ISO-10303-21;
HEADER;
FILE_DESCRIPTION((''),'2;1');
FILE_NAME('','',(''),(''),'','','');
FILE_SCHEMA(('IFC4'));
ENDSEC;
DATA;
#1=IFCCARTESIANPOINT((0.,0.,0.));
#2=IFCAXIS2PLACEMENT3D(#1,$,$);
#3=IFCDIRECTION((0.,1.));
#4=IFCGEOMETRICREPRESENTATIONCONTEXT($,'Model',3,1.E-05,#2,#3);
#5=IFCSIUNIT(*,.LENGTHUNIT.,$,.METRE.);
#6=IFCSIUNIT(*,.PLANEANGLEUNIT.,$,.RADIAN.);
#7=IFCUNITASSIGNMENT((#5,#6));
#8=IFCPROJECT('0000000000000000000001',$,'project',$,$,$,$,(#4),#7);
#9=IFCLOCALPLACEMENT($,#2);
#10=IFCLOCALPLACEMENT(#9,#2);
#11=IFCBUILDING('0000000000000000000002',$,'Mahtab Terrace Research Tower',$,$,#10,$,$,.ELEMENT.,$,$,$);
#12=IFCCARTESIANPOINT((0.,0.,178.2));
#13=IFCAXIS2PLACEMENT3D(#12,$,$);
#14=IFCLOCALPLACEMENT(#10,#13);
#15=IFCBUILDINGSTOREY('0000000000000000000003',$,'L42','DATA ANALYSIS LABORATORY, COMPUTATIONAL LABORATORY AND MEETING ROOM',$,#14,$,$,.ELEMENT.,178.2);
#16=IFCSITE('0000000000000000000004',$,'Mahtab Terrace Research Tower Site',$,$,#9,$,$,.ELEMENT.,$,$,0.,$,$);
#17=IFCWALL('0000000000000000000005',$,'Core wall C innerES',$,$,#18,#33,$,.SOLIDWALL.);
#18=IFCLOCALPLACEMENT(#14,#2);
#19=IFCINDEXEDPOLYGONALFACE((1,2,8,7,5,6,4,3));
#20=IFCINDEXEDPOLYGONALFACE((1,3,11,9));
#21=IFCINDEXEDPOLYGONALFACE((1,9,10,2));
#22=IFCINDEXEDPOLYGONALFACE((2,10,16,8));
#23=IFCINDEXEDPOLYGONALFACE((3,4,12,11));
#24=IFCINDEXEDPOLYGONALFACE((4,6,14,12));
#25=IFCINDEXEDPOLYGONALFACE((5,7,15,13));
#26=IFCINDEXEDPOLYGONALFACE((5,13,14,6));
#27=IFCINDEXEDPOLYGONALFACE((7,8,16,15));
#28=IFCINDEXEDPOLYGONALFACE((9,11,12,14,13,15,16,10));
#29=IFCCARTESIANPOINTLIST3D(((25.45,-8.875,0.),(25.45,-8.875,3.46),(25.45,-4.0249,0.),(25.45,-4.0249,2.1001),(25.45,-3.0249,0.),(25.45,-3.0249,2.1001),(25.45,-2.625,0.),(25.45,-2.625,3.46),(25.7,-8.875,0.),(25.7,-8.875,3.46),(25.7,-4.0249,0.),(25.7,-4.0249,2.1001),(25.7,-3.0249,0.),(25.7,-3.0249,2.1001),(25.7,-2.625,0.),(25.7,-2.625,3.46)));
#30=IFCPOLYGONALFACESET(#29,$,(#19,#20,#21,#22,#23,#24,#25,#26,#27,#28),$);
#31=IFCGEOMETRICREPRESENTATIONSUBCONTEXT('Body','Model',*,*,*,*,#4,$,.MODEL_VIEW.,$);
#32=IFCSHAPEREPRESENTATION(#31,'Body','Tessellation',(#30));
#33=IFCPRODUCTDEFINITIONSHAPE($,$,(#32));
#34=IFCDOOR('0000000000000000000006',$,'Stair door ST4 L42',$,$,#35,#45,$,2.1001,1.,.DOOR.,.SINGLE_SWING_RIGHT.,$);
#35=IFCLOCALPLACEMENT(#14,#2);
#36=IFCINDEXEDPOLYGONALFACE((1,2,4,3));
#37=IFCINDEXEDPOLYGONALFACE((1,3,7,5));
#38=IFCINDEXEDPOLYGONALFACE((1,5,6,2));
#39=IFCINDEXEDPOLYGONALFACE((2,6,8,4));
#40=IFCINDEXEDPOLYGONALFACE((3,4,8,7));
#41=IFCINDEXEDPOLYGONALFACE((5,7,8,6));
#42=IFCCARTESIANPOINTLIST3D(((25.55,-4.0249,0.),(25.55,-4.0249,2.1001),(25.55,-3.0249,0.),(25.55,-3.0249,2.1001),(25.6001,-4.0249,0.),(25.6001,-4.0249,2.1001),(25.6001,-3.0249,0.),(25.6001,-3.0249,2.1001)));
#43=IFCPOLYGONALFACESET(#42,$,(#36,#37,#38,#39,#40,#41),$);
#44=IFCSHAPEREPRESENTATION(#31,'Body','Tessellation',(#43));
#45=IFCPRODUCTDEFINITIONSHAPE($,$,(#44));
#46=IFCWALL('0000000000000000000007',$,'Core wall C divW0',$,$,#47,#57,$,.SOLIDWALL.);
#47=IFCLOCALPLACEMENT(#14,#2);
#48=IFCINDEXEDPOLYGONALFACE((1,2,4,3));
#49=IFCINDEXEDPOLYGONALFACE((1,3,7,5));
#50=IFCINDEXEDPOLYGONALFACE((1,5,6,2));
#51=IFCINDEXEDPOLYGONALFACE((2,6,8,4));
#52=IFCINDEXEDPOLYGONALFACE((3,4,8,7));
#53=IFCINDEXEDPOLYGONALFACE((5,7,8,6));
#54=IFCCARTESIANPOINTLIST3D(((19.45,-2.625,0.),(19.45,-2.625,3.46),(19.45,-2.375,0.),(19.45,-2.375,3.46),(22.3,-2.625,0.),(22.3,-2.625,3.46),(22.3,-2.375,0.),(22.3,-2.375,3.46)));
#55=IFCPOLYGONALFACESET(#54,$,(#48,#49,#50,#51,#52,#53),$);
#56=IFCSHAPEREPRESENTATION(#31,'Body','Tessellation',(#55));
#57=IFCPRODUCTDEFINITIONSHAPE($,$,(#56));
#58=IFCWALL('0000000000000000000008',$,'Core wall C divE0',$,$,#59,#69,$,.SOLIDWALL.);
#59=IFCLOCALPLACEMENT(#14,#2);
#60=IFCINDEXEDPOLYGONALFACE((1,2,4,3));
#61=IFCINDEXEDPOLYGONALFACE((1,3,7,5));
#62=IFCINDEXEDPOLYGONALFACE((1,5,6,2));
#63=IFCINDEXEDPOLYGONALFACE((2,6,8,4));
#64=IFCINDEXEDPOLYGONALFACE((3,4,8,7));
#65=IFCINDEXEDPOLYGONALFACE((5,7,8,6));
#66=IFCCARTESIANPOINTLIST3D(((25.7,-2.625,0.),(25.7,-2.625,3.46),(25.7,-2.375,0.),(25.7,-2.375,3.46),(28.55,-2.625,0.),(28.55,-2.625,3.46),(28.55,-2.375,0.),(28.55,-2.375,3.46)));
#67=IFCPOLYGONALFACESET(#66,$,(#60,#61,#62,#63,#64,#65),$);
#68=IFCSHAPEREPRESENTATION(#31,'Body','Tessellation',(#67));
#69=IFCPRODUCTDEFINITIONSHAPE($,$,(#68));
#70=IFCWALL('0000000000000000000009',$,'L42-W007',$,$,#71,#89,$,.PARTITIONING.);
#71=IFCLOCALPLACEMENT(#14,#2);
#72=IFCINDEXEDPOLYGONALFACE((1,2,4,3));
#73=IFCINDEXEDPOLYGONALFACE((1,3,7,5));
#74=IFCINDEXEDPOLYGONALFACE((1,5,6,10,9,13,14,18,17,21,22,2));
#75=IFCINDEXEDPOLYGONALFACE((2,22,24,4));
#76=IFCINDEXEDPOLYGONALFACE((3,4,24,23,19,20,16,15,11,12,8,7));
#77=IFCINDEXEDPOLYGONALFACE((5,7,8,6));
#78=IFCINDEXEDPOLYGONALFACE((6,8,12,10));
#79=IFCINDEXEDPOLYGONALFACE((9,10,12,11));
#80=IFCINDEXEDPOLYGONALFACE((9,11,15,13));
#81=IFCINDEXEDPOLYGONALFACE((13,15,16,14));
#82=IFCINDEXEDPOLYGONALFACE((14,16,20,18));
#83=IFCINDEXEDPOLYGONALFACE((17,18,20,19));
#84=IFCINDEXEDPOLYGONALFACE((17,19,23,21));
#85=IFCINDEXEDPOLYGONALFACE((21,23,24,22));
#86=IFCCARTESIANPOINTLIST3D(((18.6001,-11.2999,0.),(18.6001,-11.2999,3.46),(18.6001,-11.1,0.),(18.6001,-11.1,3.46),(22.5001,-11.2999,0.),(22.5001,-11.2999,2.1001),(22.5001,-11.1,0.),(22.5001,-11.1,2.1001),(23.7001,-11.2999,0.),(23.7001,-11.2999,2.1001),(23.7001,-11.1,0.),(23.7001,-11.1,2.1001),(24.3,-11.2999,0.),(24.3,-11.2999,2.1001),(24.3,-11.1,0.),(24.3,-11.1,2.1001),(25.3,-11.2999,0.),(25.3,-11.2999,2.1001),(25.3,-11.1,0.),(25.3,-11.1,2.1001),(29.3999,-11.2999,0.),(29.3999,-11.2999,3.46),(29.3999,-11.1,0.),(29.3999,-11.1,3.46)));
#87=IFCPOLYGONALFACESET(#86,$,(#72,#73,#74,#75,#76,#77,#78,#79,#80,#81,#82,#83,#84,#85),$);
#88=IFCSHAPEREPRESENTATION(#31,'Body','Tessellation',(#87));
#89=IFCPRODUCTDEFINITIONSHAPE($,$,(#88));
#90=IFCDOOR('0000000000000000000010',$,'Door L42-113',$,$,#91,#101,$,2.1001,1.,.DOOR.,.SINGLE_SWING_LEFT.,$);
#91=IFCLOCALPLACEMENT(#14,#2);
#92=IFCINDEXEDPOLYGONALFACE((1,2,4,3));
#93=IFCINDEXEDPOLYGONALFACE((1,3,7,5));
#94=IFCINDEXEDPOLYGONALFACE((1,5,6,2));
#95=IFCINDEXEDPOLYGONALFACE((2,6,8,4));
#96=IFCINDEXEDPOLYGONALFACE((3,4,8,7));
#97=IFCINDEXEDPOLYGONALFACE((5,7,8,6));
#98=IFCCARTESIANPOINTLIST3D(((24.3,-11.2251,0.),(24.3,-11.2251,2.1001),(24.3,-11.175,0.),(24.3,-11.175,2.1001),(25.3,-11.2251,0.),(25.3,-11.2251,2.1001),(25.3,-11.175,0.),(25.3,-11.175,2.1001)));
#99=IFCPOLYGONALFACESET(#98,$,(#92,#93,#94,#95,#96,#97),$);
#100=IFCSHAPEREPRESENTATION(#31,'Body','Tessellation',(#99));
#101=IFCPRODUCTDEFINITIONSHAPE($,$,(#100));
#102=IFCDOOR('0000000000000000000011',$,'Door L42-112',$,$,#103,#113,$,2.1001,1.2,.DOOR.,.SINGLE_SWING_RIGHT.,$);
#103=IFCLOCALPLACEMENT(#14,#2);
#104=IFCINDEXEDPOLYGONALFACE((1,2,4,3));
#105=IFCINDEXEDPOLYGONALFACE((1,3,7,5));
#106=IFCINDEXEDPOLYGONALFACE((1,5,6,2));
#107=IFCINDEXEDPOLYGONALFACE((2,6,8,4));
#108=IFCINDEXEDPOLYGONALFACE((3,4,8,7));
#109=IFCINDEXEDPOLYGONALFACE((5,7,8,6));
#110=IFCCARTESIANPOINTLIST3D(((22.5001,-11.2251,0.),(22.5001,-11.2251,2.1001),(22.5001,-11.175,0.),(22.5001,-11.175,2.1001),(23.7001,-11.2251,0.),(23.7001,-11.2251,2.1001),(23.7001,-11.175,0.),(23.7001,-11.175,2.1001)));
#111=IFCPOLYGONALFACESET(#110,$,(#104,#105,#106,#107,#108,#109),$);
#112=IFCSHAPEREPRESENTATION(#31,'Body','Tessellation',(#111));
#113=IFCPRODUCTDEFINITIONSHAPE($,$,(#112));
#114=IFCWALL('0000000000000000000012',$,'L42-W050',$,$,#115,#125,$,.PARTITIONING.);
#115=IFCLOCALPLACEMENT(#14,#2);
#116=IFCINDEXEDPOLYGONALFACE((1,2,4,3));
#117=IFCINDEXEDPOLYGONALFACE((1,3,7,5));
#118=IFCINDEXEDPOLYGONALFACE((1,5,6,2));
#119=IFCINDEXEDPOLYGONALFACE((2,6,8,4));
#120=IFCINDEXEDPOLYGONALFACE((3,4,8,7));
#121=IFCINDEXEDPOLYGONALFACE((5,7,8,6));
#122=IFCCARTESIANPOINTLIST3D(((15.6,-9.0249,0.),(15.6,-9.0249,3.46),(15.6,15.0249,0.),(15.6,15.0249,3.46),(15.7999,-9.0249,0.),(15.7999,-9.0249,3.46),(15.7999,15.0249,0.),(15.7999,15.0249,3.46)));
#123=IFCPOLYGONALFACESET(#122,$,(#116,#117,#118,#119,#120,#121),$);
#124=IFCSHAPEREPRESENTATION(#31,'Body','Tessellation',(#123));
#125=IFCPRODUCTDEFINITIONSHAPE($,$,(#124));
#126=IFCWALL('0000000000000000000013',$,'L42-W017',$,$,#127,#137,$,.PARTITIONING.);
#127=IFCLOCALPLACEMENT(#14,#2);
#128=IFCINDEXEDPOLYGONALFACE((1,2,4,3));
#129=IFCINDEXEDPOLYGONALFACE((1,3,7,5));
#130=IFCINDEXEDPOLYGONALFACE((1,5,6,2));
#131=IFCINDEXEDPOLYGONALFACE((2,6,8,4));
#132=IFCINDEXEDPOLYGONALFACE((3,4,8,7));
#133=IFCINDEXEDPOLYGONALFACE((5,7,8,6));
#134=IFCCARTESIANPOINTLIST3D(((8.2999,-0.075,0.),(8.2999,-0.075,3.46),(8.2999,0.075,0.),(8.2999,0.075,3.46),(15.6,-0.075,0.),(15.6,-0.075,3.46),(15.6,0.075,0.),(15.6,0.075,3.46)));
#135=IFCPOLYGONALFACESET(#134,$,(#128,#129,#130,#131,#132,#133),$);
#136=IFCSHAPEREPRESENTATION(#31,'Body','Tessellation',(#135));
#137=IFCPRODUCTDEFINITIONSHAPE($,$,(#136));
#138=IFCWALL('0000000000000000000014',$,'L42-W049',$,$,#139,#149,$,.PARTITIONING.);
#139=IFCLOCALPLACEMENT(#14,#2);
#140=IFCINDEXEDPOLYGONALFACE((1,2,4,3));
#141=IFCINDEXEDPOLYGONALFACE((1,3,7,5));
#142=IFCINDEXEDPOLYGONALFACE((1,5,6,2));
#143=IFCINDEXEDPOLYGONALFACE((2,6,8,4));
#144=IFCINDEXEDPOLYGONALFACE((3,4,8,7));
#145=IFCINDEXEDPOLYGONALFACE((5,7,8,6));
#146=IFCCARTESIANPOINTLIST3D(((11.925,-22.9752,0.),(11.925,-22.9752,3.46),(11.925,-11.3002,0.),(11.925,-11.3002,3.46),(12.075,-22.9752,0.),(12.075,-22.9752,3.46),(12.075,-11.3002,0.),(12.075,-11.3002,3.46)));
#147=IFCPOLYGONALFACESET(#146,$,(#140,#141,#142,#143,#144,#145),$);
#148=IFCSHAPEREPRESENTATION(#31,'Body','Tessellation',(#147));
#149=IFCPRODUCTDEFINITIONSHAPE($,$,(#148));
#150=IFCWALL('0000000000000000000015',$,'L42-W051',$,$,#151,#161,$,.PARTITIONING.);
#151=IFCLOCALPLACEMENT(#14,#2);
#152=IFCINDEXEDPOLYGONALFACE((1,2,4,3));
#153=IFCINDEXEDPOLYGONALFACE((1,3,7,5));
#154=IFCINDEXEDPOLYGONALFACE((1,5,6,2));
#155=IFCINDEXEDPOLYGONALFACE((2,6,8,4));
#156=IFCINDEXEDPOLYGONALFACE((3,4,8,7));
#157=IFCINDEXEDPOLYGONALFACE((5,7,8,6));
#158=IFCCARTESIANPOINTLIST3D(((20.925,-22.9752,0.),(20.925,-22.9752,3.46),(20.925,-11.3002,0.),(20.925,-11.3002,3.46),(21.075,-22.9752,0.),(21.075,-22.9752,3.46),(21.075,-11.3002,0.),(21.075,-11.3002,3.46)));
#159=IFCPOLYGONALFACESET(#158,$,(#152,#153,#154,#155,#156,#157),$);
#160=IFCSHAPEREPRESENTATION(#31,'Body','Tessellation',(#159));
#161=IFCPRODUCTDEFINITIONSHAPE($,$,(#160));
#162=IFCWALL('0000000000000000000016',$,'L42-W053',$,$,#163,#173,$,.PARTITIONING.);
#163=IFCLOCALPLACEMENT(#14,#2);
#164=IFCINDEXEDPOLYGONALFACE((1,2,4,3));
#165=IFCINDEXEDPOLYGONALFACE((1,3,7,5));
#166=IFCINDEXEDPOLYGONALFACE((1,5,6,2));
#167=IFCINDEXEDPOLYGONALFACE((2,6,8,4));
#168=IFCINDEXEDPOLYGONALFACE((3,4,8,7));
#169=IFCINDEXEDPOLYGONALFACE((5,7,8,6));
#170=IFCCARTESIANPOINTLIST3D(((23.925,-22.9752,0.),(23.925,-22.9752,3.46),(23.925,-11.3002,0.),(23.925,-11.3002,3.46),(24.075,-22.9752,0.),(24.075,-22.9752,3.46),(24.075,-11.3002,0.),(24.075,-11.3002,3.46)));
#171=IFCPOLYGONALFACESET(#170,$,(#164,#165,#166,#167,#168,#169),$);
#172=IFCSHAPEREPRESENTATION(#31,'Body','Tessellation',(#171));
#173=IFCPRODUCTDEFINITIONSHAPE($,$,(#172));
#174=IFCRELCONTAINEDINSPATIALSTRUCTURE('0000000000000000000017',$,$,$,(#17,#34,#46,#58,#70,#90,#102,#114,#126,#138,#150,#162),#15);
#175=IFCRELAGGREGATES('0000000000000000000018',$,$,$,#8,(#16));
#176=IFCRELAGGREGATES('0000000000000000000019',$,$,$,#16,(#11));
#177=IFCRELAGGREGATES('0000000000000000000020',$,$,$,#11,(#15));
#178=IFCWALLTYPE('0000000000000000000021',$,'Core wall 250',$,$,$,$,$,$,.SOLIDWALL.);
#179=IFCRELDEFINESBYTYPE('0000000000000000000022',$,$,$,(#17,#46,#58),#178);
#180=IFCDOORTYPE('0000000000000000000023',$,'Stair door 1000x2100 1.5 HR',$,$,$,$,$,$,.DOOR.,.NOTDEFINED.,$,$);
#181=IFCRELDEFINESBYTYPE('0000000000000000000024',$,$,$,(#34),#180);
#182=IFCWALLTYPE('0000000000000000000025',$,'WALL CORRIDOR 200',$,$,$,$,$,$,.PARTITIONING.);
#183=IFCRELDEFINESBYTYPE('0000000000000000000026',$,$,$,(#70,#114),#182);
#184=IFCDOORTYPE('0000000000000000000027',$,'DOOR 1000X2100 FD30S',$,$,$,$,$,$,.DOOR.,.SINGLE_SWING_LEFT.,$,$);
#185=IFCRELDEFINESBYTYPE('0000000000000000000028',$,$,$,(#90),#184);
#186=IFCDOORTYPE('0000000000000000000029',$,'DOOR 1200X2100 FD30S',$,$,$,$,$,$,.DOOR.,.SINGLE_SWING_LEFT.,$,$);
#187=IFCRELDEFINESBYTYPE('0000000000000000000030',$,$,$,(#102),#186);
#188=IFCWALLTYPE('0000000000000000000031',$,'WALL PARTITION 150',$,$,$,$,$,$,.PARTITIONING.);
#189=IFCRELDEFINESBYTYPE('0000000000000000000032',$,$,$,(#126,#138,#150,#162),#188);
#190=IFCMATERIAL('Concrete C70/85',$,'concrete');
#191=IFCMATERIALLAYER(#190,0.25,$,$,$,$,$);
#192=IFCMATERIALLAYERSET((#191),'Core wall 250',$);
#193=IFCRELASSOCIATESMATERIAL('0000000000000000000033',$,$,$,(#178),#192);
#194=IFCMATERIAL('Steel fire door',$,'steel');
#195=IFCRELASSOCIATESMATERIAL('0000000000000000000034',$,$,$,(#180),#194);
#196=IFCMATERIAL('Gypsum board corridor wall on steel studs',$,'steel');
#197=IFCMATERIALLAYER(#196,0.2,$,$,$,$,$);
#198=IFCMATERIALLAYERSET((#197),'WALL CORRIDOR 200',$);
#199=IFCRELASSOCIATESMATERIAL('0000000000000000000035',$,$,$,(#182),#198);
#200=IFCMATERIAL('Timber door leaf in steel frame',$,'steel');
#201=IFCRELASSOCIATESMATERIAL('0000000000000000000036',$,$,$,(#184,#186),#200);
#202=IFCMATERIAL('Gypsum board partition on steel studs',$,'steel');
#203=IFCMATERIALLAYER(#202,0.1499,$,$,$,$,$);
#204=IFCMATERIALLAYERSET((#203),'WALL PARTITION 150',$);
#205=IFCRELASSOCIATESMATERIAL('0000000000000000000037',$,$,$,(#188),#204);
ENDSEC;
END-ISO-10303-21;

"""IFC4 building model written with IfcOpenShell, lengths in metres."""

from ifc_helpers import new_model, si_unit, direction, frame, frame_2d, origin, place, context, subcontext, project, spatial, rectangle, extrude, material, layer, layer_set, type_object, element, fill, save


model = new_model("IFC4")

# Units and contexts
model_context = context("Model", 3, precision=1e-05, world=origin(), true_north=direction((0.0, 1.0)))
body_context = subcontext(model_context, "Body", "Model", "MODEL_VIEW")
ifc_project = project(units=[si_unit("LENGTHUNIT", "METRE"), si_unit("PLANEANGLEUNIT", "RADIAN")], contexts=[model_context])

# Site, building, storey
site_placement = place(None, origin())
site = spatial("IfcSite", under=ifc_project, at=site_placement, Name="Mahtab Terrace Research Tower Site", CompositionType="ELEMENT", RefElevation=0.0)
building_placement = place(site_placement, origin())
building = spatial("IfcBuilding", under=site, at=building_placement, Name="Mahtab Terrace Research Tower", CompositionType="ELEMENT")
storey_placement = place(building_placement, frame((0.0, 0.0, 178.2)))
storey = spatial("IfcBuildingStorey", under=building, at=storey_placement, Name="L42", Description="DATA ANALYSIS LABORATORY, COMPUTATIONAL LABORATORY AND MEETING ROOM", CompositionType="ELEMENT", Elevation=178.2)

# Shared definitions
ifc_material_1 = material(Name="Concrete C70/85", Category="concrete")

# Shared definitions
ifc_layer_1 = layer(ifc_material_1, 0.25)
ifc_layer_set_1 = layer_set([ifc_layer_1], Name="Core wall 250")
wall_type_1 = type_object("IfcWallType", Name="Core wall 250", PredefinedType="SOLIDWALL", material=ifc_layer_set_1)
ifc_material_2 = material(Name="Steel fire door", Category="steel")

# Wall, opening, door
wall_1_placement = place(storey_placement, frame((25.575, -8.875, 0.0), z_axis=(0.0, 0.0, 1.0), x_axis=(0.0, 1.0, 0.0)))
wall_1 = element("IfcWall", 1, at=wall_1_placement, inside=storey, type_object=wall_type_1, Name="Core wall C innerES", PredefinedType="SOLIDWALL", context=body_context, shape_type="SweptSolid", body=[
    extrude(rectangle(XDim=6.25, YDim=0.25, at=frame_2d((3.125, 0.0))), origin(), (0.0, 0.0, 1.0), 3.46),
])
opening_1_placement = place(wall_1_placement, frame((4.8501, 0.0, 0.0)))
opening_1 = element("IfcOpeningElement", 2, at=opening_1_placement, cuts=wall_1, PredefinedType="OPENING", context=body_context, shape_type="SweptSolid", body=[
    extrude(rectangle(XDim=1.0, YDim=2.1001, at=frame_2d((0.5, 1.05))), frame((0.0, 0.135, 0.0), z_axis=(0.0, -1.0, 0.0), x_axis=(1.0, 0.0, 0.0)), (0.0, 0.0, 1.0), 0.27),
])
door_type_1 = type_object("IfcDoorType", Name="Stair door 1000x2100 1.5 HR", OperationType="NOTDEFINED", PredefinedType="DOOR", material=ifc_material_2)
door_1_placement = place(opening_1_placement, origin())
door_1 = element("IfcDoor", 3, at=door_1_placement, inside=storey, type_object=door_type_1, Name="Stair door ST4 L42", OperationType="SINGLE_SWING_RIGHT", OverallHeight=2.1001, OverallWidth=1.0, PredefinedType="DOOR", context=body_context, shape_type="SweptSolid", body=[
    extrude(rectangle(XDim=1.0, YDim=2.1001, at=frame_2d((0.5, 1.05))), frame((0.0, 0.0249, 0.0), z_axis=(0.0, -1.0, 0.0), x_axis=(1.0, 0.0, 0.0)), (0.0, 0.0, 1.0), 0.05),
])
fill(opening_1, door_1)

# Walls
for number, where, z_axis, x_axis, name in (
    (4, (19.45, -2.5, 0.0), (0.0, 0.0, 1.0), (1.0, 0.0, 0.0), "Core wall C divW0"),
    (5, (25.7, -2.5, 0.0), (0.0, 0.0, 1.0), (1.0, 0.0, 0.0), "Core wall C divE0"),
):
    element("IfcWall", number, at=place(storey_placement, frame(where, z_axis=z_axis, x_axis=x_axis)), inside=storey, type_object=wall_type_1, Name=name, PredefinedType="SOLIDWALL", context=body_context, shape_type="SweptSolid", body=[
        extrude(rectangle(XDim=2.8501, YDim=0.25, at=frame_2d((1.425, 0.0))), origin(), (0.0, 0.0, 1.0), 3.46),
    ])

# Wall, openings, doors
ifc_material_3 = material(Name="Gypsum board corridor wall on steel studs", Category="steel")
ifc_layer_2 = layer(ifc_material_3, 0.2)
ifc_layer_set_2 = layer_set([ifc_layer_2], Name="WALL CORRIDOR 200")
wall_type_2 = type_object("IfcWallType", Name="WALL CORRIDOR 200", PredefinedType="PARTITIONING", material=ifc_layer_set_2)
wall_2_placement = place(storey_placement, frame((18.6001, -11.2, 0.0), z_axis=(0.0, 0.0, 1.0), x_axis=(1.0, 0.0, 0.0)))
wall_2 = element("IfcWall", 6, at=wall_2_placement, inside=storey, type_object=wall_type_2, Name="L42-W007", PredefinedType="PARTITIONING", context=body_context, shape_type="SweptSolid", body=[
    extrude(rectangle(XDim=10.7998, YDim=0.2, at=frame_2d((5.3999, 0.0))), origin(), (0.0, 0.0, 1.0), 3.46),
])
opening_2_placement = place(wall_2_placement, frame((3.8999, 0.0, 0.0)))
opening_2 = element("IfcOpeningElement", 7, at=opening_2_placement, cuts=wall_2, PredefinedType="OPENING", context=body_context, shape_type="SweptSolid", body=[
    extrude(rectangle(XDim=1.2, YDim=2.1001, at=frame_2d((0.6001, 1.05))), frame((0.0, 0.1099, 0.0), z_axis=(0.0, -1.0, 0.0), x_axis=(1.0, 0.0, 0.0)), (0.0, 0.0, 1.0), 0.22),
])
opening_3_placement = place(wall_2_placement, frame((5.7, 0.0, 0.0)))
opening_3 = element("IfcOpeningElement", 8, at=opening_3_placement, cuts=wall_2, PredefinedType="OPENING", context=body_context, shape_type="SweptSolid", body=[
    extrude(rectangle(XDim=1.0, YDim=2.1001, at=frame_2d((0.5, 1.05))), frame((0.0, 0.1099, 0.0), z_axis=(0.0, -1.0, 0.0), x_axis=(1.0, 0.0, 0.0)), (0.0, 0.0, 1.0), 0.22),
])
ifc_material_4 = material(Name="Timber door leaf in steel frame", Category="steel")
door_type_2 = type_object("IfcDoorType", Name="DOOR 1000X2100 FD30S", OperationType="SINGLE_SWING_LEFT", PredefinedType="DOOR", material=ifc_material_4)
door_2_placement = place(opening_3_placement, origin())
door_2 = element("IfcDoor", 9, at=door_2_placement, inside=storey, type_object=door_type_2, Name="Door L42-113", OperationType="SINGLE_SWING_LEFT", OverallHeight=2.1001, OverallWidth=1.0, PredefinedType="DOOR", context=body_context, shape_type="SweptSolid", body=[
    extrude(rectangle(XDim=1.0, YDim=2.1001, at=frame_2d((0.5, 1.05))), frame((0.0, 0.0249, 0.0), z_axis=(0.0, -1.0, 0.0), x_axis=(1.0, 0.0, 0.0)), (0.0, 0.0, 1.0), 0.05),
])
fill(opening_3, door_2)
door_type_3 = type_object("IfcDoorType", Name="DOOR 1200X2100 FD30S", OperationType="SINGLE_SWING_LEFT", PredefinedType="DOOR", material=ifc_material_4)
door_3_placement = place(opening_2_placement, origin())
door_3 = element("IfcDoor", 10, at=door_3_placement, inside=storey, type_object=door_type_3, Name="Door L42-112", OperationType="SINGLE_SWING_RIGHT", OverallHeight=2.1001, OverallWidth=1.2, PredefinedType="DOOR", context=body_context, shape_type="SweptSolid", body=[
    extrude(rectangle(XDim=1.2, YDim=2.1001, at=frame_2d((0.6001, 1.05))), frame((0.0, 0.0249, 0.0), z_axis=(0.0, -1.0, 0.0), x_axis=(1.0, 0.0, 0.0)), (0.0, 0.0, 1.0), 0.05),
])
fill(opening_2, door_3)

# Walls
wall_3_placement = place(storey_placement, frame((15.7, -9.0249, 0.0), z_axis=(0.0, 0.0, 1.0), x_axis=(0.0, 1.0, 0.0)))
element("IfcWall", 11, at=wall_3_placement, inside=storey, type_object=wall_type_2, Name="L42-W050", PredefinedType="PARTITIONING", context=body_context, shape_type="SweptSolid", body=[
    extrude(rectangle(XDim=24.0498, YDim=0.2, at=frame_2d((12.0249, 0.0))), origin(), (0.0, 0.0, 1.0), 3.46),
])
ifc_material_5 = material(Name="Gypsum board partition on steel studs", Category="steel")
ifc_layer_3 = layer(ifc_material_5, 0.1499)
ifc_layer_set_3 = layer_set([ifc_layer_3], Name="WALL PARTITION 150")
wall_type_3 = type_object("IfcWallType", Name="WALL PARTITION 150", PredefinedType="PARTITIONING", material=ifc_layer_set_3)
wall_4_placement = place(storey_placement, frame((8.3, 0.0, 0.0), z_axis=(0.0, 0.0, 1.0), x_axis=(1.0, 0.0, 0.0)))
element("IfcWall", 12, at=wall_4_placement, inside=storey, type_object=wall_type_3, Name="L42-W017", PredefinedType="PARTITIONING", context=body_context, shape_type="SweptSolid", body=[
    extrude(rectangle(XDim=7.3, YDim=0.1499, at=frame_2d((3.6499, 0.0))), origin(), (0.0, 0.0, 1.0), 3.46),
])
for number, where, z_axis, x_axis, name in (
    (13, (12.0, -22.9751, 0.0), (0.0, 0.0, 1.0), (0.0, 1.0, 0.0), "L42-W049"),
    (14, (21.0, -22.9751, 0.0), (0.0, 0.0, 1.0), (0.0, 1.0, 0.0), "L42-W051"),
    (15, (24.0, -22.9751, 0.0), (0.0, 0.0, 1.0), (0.0, 1.0, 0.0), "L42-W053"),
):
    element("IfcWall", number, at=place(storey_placement, frame(where, z_axis=z_axis, x_axis=x_axis)), inside=storey, type_object=wall_type_3, Name=name, PredefinedType="PARTITIONING", context=body_context, shape_type="SweptSolid", body=[
        extrude(rectangle(XDim=11.675, YDim=0.1499, at=frame_2d((5.8374, 0.0))), origin(), (0.0, 0.0, 1.0), 3.46),
    ])

save(model, "model.ifc")
